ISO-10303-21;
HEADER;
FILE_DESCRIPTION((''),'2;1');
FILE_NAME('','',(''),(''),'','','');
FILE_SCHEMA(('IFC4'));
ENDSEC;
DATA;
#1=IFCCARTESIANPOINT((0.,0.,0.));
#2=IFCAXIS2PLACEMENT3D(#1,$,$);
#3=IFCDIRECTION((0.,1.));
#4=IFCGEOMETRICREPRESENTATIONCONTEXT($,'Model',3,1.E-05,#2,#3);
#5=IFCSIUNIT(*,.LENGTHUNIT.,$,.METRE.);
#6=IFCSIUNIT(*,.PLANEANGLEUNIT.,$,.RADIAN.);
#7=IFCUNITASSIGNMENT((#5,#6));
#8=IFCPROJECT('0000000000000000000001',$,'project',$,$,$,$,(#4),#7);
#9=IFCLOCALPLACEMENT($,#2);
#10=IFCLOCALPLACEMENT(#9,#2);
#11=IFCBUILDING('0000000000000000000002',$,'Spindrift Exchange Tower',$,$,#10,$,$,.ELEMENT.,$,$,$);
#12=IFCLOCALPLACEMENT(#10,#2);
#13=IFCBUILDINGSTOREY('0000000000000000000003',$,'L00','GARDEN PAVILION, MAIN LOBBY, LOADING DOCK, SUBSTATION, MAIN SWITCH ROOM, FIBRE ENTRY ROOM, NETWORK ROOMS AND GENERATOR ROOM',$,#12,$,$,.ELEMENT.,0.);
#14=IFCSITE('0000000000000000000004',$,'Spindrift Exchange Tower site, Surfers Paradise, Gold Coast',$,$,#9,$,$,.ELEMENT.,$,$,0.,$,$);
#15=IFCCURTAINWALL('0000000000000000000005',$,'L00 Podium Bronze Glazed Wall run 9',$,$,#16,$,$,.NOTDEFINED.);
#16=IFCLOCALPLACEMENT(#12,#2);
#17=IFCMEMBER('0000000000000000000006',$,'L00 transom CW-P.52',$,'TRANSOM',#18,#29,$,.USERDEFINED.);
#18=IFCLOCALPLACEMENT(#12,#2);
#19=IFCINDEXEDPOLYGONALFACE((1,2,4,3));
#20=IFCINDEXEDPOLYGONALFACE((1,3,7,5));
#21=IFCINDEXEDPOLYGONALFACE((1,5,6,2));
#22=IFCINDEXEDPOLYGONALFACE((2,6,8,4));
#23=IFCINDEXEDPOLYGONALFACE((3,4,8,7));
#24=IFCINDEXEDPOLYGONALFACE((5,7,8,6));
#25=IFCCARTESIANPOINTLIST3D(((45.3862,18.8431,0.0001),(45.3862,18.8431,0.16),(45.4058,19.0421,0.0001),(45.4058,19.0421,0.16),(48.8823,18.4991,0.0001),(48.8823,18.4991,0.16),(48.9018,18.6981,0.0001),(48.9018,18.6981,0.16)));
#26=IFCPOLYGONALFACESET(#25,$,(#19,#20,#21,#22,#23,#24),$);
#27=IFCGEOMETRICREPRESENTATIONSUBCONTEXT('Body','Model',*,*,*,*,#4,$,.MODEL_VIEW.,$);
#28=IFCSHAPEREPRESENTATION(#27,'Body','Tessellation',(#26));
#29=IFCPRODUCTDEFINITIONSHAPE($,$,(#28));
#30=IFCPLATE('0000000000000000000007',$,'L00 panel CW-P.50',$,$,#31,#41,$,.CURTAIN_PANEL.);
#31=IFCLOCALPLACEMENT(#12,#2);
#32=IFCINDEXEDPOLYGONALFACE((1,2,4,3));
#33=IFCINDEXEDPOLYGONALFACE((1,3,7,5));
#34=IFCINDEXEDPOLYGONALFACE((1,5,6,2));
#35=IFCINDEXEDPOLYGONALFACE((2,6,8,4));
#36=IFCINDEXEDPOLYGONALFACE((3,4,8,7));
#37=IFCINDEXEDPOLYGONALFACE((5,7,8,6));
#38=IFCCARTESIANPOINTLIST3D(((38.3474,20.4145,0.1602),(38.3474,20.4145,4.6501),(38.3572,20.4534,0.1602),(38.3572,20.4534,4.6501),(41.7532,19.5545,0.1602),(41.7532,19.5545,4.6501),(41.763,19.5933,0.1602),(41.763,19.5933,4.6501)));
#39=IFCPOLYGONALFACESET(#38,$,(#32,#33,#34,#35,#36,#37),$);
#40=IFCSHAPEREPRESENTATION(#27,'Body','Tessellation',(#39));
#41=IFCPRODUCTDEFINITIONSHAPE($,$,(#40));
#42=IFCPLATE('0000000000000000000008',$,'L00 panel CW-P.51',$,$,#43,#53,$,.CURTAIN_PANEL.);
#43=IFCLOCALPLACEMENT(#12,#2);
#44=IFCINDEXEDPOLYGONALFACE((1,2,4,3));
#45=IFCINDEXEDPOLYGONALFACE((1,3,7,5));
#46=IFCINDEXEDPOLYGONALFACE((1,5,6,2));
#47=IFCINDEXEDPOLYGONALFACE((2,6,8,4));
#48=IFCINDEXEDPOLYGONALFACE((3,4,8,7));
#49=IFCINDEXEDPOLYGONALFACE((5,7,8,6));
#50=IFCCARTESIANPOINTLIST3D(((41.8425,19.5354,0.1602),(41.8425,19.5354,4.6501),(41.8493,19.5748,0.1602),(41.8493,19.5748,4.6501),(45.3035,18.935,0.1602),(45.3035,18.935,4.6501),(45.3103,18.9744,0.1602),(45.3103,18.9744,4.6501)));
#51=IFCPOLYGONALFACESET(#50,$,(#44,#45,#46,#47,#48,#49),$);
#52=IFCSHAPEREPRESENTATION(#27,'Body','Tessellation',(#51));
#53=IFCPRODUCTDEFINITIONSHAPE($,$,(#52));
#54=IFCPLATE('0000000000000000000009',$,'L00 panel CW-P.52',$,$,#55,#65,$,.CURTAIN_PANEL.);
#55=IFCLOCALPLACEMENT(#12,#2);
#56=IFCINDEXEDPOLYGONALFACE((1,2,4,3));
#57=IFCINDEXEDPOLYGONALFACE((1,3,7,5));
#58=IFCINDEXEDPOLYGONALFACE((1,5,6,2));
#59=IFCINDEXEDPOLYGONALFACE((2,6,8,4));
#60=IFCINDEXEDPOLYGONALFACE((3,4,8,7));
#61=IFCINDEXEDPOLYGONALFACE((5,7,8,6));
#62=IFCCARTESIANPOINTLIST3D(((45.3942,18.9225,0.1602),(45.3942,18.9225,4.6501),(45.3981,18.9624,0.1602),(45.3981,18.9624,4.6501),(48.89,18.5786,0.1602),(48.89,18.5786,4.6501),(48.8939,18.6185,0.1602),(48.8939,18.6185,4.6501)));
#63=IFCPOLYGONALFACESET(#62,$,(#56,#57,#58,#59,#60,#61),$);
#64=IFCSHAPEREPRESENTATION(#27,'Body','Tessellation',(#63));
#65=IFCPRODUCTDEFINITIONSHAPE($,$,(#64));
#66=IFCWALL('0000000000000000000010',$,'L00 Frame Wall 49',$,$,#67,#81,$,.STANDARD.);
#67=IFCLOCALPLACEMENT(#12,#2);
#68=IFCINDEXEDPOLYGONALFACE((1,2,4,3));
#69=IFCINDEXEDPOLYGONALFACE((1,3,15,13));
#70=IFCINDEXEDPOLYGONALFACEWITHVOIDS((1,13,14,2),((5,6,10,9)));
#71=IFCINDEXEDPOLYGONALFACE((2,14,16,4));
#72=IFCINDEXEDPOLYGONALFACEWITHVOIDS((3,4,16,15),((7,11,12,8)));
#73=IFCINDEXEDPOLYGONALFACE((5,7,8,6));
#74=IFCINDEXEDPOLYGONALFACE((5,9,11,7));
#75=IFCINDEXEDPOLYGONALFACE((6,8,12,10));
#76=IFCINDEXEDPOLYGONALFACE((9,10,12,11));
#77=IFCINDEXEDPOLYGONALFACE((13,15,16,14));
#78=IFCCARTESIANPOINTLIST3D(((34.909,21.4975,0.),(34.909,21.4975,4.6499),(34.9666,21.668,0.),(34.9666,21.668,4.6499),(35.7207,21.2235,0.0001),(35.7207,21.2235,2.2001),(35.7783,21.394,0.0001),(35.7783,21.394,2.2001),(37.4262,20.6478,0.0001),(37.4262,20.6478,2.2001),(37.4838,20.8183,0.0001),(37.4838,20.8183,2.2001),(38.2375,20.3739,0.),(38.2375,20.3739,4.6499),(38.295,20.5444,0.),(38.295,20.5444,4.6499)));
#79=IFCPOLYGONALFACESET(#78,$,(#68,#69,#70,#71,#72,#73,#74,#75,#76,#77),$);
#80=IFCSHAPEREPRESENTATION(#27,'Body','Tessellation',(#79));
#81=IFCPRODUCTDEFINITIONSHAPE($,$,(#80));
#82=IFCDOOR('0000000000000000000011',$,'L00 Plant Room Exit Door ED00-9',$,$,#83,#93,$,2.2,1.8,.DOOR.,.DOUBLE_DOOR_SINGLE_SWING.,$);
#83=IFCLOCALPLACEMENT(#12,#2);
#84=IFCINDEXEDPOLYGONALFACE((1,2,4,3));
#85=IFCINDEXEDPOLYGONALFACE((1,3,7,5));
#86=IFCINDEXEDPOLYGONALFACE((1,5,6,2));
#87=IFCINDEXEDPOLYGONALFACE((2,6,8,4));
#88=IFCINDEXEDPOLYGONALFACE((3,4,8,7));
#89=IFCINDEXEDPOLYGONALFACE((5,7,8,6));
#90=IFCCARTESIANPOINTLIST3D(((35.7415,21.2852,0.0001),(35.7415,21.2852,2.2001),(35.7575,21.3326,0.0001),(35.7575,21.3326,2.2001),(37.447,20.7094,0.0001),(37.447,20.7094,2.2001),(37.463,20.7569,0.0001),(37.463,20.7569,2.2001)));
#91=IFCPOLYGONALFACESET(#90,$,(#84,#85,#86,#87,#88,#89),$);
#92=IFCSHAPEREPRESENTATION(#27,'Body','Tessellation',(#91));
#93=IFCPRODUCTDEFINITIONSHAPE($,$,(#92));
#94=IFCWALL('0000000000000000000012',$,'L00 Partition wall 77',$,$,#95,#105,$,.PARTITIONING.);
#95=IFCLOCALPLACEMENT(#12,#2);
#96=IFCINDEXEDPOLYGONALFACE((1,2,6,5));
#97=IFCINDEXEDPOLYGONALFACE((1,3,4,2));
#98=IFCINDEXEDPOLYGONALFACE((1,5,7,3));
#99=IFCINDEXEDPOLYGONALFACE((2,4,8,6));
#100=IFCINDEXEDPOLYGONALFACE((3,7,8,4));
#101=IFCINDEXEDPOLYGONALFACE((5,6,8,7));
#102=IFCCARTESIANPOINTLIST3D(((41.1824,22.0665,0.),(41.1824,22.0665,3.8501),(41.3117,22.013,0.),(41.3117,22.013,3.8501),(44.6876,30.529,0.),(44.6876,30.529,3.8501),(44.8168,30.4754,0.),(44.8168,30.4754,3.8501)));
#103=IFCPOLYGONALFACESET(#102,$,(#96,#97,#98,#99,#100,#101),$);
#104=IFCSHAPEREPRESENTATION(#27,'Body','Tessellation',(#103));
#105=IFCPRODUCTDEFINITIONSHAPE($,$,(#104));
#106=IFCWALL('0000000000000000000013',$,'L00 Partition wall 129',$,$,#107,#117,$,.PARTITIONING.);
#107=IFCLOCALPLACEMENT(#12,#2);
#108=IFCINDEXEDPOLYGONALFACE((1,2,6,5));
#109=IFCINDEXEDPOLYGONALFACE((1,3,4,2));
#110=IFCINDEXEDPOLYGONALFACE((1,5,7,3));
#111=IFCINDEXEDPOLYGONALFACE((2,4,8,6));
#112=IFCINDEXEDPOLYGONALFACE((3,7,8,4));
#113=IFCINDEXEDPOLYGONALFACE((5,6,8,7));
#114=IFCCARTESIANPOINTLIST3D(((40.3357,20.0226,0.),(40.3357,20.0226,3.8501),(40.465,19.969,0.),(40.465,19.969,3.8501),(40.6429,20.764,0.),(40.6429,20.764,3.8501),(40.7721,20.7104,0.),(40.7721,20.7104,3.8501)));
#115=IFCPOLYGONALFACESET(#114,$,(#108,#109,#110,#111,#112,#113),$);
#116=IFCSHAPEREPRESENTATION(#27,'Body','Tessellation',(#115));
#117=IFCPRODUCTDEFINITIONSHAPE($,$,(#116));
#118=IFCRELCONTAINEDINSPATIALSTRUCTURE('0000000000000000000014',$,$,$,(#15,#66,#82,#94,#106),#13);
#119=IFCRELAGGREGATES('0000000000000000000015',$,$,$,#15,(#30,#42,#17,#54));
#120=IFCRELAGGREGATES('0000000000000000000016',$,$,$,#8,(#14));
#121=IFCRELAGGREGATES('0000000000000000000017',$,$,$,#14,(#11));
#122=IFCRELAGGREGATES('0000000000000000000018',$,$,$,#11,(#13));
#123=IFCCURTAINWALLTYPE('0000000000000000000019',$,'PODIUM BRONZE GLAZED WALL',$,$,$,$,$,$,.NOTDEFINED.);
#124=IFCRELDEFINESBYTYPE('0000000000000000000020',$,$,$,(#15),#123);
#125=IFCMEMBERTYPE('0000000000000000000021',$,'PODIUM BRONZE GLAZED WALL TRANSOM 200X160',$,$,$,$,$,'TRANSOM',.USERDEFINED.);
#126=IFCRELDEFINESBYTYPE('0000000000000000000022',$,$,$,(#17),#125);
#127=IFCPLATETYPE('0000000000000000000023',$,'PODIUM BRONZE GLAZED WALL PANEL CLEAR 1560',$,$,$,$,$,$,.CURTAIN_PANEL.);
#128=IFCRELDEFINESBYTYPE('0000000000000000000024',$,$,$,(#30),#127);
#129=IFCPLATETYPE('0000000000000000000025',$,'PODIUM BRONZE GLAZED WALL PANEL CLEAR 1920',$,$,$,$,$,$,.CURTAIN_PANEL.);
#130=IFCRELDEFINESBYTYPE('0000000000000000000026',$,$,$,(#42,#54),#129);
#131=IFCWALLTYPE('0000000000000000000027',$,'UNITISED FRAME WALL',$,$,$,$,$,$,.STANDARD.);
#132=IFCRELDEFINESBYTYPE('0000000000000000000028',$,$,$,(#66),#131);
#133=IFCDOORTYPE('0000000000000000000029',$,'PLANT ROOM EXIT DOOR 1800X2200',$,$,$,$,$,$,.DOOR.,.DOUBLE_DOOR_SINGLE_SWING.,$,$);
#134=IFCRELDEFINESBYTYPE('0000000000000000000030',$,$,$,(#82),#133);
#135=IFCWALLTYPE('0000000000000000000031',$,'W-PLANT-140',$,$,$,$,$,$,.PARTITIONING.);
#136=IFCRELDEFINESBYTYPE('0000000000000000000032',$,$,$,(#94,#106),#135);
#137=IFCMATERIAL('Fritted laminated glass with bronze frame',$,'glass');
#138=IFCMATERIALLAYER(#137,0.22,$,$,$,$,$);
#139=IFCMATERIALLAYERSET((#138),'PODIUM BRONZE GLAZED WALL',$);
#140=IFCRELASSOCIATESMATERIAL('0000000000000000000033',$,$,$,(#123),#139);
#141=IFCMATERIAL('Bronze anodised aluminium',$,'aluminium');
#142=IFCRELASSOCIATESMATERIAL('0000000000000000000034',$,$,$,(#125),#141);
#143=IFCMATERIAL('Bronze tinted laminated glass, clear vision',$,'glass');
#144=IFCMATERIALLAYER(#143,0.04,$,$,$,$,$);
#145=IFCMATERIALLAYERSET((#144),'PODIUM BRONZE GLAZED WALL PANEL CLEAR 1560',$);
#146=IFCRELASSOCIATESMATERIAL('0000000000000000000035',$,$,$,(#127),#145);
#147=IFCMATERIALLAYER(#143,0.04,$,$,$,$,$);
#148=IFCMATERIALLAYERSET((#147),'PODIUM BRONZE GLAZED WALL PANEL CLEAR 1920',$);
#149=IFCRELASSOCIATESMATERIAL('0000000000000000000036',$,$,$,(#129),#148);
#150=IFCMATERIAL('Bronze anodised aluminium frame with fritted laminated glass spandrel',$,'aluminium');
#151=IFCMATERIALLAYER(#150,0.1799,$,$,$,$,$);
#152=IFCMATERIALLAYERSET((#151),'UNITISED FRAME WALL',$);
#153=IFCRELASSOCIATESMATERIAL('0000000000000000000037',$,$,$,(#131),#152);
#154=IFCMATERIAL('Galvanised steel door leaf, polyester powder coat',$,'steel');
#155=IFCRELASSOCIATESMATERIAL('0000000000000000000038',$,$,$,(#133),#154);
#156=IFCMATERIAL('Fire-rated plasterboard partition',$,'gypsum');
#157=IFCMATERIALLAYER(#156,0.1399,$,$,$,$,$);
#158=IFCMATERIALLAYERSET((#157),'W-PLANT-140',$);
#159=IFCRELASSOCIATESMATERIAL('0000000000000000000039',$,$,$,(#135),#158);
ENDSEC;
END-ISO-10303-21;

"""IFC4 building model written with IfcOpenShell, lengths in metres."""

from ifc_helpers import new_model, si_unit, direction, frame, frame_2d, origin, origin_2d, place, context, subcontext, project, spatial, rectangle, extrude, source, transform, mapped, material, layer, layer_set, material_profile, profile_set, type_object, element, fill, aggregate, save


model = new_model("IFC4")

# Units and contexts
model_context = context("Model", 3, precision=1e-05, world=origin(), true_north=direction((0.0, 1.0)))
body_context = subcontext(model_context, "Body", "Model", "MODEL_VIEW")
ifc_project = project(units=[si_unit("LENGTHUNIT", "METRE"), si_unit("PLANEANGLEUNIT", "RADIAN")], contexts=[model_context])

# Site, building, storey
site_placement = place(None, origin())
site = spatial("IfcSite", under=ifc_project, at=site_placement, Name="Spindrift Exchange Tower site, Surfers Paradise, Gold Coast", CompositionType="ELEMENT", RefElevation=0.0)
building_placement = place(site_placement, origin())
building = spatial("IfcBuilding", under=site, at=building_placement, Name="Spindrift Exchange Tower", CompositionType="ELEMENT")
storey_placement = place(building_placement, origin())
storey = spatial("IfcBuildingStorey", under=building, at=storey_placement, Name="L00", Description="GARDEN PAVILION, MAIN LOBBY, LOADING DOCK, SUBSTATION, MAIN SWITCH ROOM, FIBRE ENTRY ROOM, NETWORK ROOMS AND GENERATOR ROOM", CompositionType="ELEMENT", Elevation=0.0)

# Curtain wall, member, plates
ifc_material_1 = material(Name="Fritted laminated glass with bronze frame", Category="glass")
ifc_layer_1 = layer(ifc_material_1, 0.22)
ifc_layer_set_1 = layer_set([ifc_layer_1], Name="PODIUM BRONZE GLAZED WALL")
curtain_wall_type = type_object("IfcCurtainWallType", Name="PODIUM BRONZE GLAZED WALL", PredefinedType="NOTDEFINED", material=ifc_layer_set_1)
curtain_wall_placement = place(storey_placement, origin())
curtain_wall = element("IfcCurtainWall", 1, at=curtain_wall_placement, inside=storey, type_object=curtain_wall_type, Name="L00 Podium Bronze Glazed Wall run 9", PredefinedType="NOTDEFINED")
ifc_material_2 = material(Name="Bronze anodised aluminium", Category="aluminium")
ifc_material_profile_1 = material_profile(ifc_material_2, rectangle(XDim=0.2, YDim=0.1599, at=origin_2d()), Name="PODIUM BRONZE GLAZED WALL TRANSOM 200X160")
ifc_profile_set_1 = profile_set([ifc_material_profile_1], Name="Bronze anodised aluminium")
member_type_1 = type_object("IfcMemberType", Name="PODIUM BRONZE GLAZED WALL TRANSOM 200X160", ElementType="TRANSOM", PredefinedType="USERDEFINED", material=ifc_profile_set_1)
shared_shape_1 = source(origin(), body_context, "Body", "SweptSolid", [
    extrude(rectangle(XDim=0.2, YDim=0.1599, at=origin_2d()), origin(), (0.0, 0.0, 1.0), 3.5129),
])
member_1_placement = place(storey_placement, frame((45.396, 18.9426, 0.0801), z_axis=(0.995194, -0.097921, 0.0), x_axis=(0.097921, 0.995194, 0.0)))
member_1 = element("IfcMember", 2, at=member_1_placement, type_object=member_type_1, Name="L00 transom CW-P.52", ObjectType="TRANSOM", PredefinedType="USERDEFINED", context=body_context, shape_type="MappedRepresentation", body=[
    mapped(shared_shape_1, transform((0.0, 0.0, 0.0), scale=1.0)),
])
ifc_material_3 = material(Name="Bronze tinted laminated glass, clear vision", Category="glass")
ifc_layer_2 = layer(ifc_material_3, 0.04)
ifc_layer_set_2 = layer_set([ifc_layer_2], Name="PODIUM BRONZE GLAZED WALL PANEL CLEAR 1560")
plate_type_1 = type_object("IfcPlateType", Name="PODIUM BRONZE GLAZED WALL PANEL CLEAR 1560", PredefinedType="CURTAIN_PANEL", material=ifc_layer_set_2)
shared_shape_2 = source(origin(), body_context, "Body", "SweptSolid", [
    extrude(rectangle(XDim=3.5127, YDim=0.04, at=origin_2d()), origin(), (0.0, 0.0, 1.0), 4.49),
])
plate_1_placement = place(storey_placement, frame((40.0552, 20.0039, 0.1602), z_axis=(0.0, 0.0, 1.0), x_axis=(0.969562, -0.244847, 0.0)))
plate_1 = element("IfcPlate", 3, at=plate_1_placement, type_object=plate_type_1, Name="L00 panel CW-P.50", PredefinedType="CURTAIN_PANEL", context=body_context, shape_type="MappedRepresentation", body=[
    mapped(shared_shape_2, transform((0.0, 0.0, 0.0), scale=1.0)),
])
ifc_layer_3 = layer(ifc_material_3, 0.04)
ifc_layer_set_3 = layer_set([ifc_layer_3], Name="PODIUM BRONZE GLAZED WALL PANEL CLEAR 1920")
plate_type_2 = type_object("IfcPlateType", Name="PODIUM BRONZE GLAZED WALL PANEL CLEAR 1920", PredefinedType="CURTAIN_PANEL", material=ifc_layer_set_3)
shared_shape_3 = source(origin(), body_context, "Body", "SweptSolid", [
    extrude(rectangle(XDim=3.5127, YDim=0.04, at=origin_2d()), origin(), (0.0, 0.0, 1.0), 4.49),
])
plate_2_placement = place(storey_placement, frame((43.5764, 19.2549, 0.1602), z_axis=(0.0, 0.0, 1.0), x_axis=(0.985284, -0.170927, 0.0)))
plate_2 = element("IfcPlate", 4, at=plate_2_placement, type_object=plate_type_2, Name="L00 panel CW-P.51", PredefinedType="CURTAIN_PANEL", context=body_context, shape_type="MappedRepresentation", body=[
    mapped(shared_shape_3, transform((0.0, 0.0, 0.0), scale=1.0)),
])
plate_3_placement = place(storey_placement, frame((47.144, 18.7705, 0.1602), z_axis=(0.0, 0.0, 1.0), x_axis=(0.995197, -0.097896, 0.0)))
plate_3 = element("IfcPlate", 5, at=plate_3_placement, type_object=plate_type_2, Name="L00 panel CW-P.52", PredefinedType="CURTAIN_PANEL", context=body_context, shape_type="MappedRepresentation", body=[
    mapped(shared_shape_3, transform((0.0, 0.0, 0.0), scale=1.0)),
])
aggregate(curtain_wall, [plate_1, plate_2, member_1, plate_3])

# Wall, opening, door
ifc_material_4 = material(Name="Bronze anodised aluminium frame with fritted laminated glass spandrel", Category="aluminium")
ifc_layer_4 = layer(ifc_material_4, 0.1799)
ifc_layer_set_4 = layer_set([ifc_layer_4], Name="UNITISED FRAME WALL")
wall_type_1 = type_object("IfcWallType", Name="UNITISED FRAME WALL", PredefinedType="STANDARD", material=ifc_layer_set_4)
wall_1_placement = place(storey_placement, frame((38.2661, 20.4592, 0.0), z_axis=(0.0, 0.0, 1.0), x_axis=(-0.947474, 0.319832, 0.0)))
wall_1 = element("IfcWall", 6, at=wall_1_placement, inside=storey, type_object=wall_type_1, Name="L00 Frame Wall 49", PredefinedType="STANDARD", context=body_context, shape_type="SweptSolid", body=[
    extrude(rectangle(XDim=3.5129, YDim=0.1799, at=frame_2d((1.7563, 0.0))), origin(), (0.0, 0.0, 1.0), 4.6499),
])
opening_placement = place(wall_1_placement, frame((0.8562, 0.0, 0.0)))
opening = element("IfcOpeningElement", 7, at=opening_placement, cuts=wall_1, PredefinedType="OPENING", context=body_context, shape_type="SweptSolid", body=[
    extrude(rectangle(XDim=1.8, YDim=2.2, at=frame_2d((0.8999, 1.1001))), frame((0.0, 0.0999, 0.0), z_axis=(0.0, -1.0, 0.0), x_axis=(1.0, 0.0, 0.0)), (0.0, 0.0, 1.0), 0.2),
])
ifc_material_5 = material(Name="Galvanised steel door leaf, polyester powder coat", Category="steel")
door_type = type_object("IfcDoorType", Name="PLANT ROOM EXIT DOOR 1800X2200", OperationType="DOUBLE_DOOR_SINGLE_SWING", PredefinedType="DOOR", material=ifc_material_5)
shared_shape_4 = source(origin(), body_context, "Body", "SweptSolid", [
    extrude(rectangle(XDim=1.8, YDim=2.2, at=frame_2d((0.8999, 1.1001))), frame((0.0, 0.0249, 0.0), z_axis=(0.0, -1.0, 0.0), x_axis=(1.0, 0.0, 0.0)), (0.0, 0.0, 1.0), 0.05),
])
door_placement = place(opening_placement, origin())
door = element("IfcDoor", 8, at=door_placement, inside=storey, type_object=door_type, Name="L00 Plant Room Exit Door ED00-9", OperationType="DOUBLE_DOOR_SINGLE_SWING", OverallHeight=2.2, OverallWidth=1.8, PredefinedType="DOOR", context=body_context, shape_type="MappedRepresentation", body=[
    mapped(shared_shape_4, transform((0.0, 0.0, 0.0), scale=1.0)),
])
fill(opening, door)

# Walls
ifc_material_6 = material(Name="Fire-rated plasterboard partition", Category="gypsum")
ifc_layer_5 = layer(ifc_material_6, 0.1399)
ifc_layer_set_5 = layer_set([ifc_layer_5], Name="W-PLANT-140")
wall_type_2 = type_object("IfcWallType", Name="W-PLANT-140", PredefinedType="PARTITIONING", material=ifc_layer_set_5)
wall_2_placement = place(storey_placement, frame((44.7522, 30.5022, 0.0), z_axis=(0.0, 0.0, 1.0), x_axis=(-0.382673, -0.923884, 0.0)))
element("IfcWall", 9, at=wall_2_placement, inside=storey, type_object=wall_type_2, Name="L00 Partition wall 77", PredefinedType="PARTITIONING", context=body_context, shape_type="SweptSolid", body=[
    extrude(rectangle(XDim=9.1597, YDim=0.1399, at=frame_2d((4.5798, 0.0))), origin(), (0.0, 0.0, 1.0), 3.8501),
])
wall_3_placement = place(storey_placement, frame((40.7075, 20.7373, 0.0), z_axis=(0.0, 0.0, 1.0), x_axis=(-0.382692, -0.923876, 0.0)))
element("IfcWall", 10, at=wall_3_placement, inside=storey, type_object=wall_type_2, Name="L00 Partition wall 129", PredefinedType="PARTITIONING", context=body_context, shape_type="SweptSolid", body=[
    extrude(rectangle(XDim=0.8025, YDim=0.1399, at=frame_2d((0.4014, 0.0))), origin(), (0.0, 0.0, 1.0), 3.8501),
])

save(model, "model.ifc")
